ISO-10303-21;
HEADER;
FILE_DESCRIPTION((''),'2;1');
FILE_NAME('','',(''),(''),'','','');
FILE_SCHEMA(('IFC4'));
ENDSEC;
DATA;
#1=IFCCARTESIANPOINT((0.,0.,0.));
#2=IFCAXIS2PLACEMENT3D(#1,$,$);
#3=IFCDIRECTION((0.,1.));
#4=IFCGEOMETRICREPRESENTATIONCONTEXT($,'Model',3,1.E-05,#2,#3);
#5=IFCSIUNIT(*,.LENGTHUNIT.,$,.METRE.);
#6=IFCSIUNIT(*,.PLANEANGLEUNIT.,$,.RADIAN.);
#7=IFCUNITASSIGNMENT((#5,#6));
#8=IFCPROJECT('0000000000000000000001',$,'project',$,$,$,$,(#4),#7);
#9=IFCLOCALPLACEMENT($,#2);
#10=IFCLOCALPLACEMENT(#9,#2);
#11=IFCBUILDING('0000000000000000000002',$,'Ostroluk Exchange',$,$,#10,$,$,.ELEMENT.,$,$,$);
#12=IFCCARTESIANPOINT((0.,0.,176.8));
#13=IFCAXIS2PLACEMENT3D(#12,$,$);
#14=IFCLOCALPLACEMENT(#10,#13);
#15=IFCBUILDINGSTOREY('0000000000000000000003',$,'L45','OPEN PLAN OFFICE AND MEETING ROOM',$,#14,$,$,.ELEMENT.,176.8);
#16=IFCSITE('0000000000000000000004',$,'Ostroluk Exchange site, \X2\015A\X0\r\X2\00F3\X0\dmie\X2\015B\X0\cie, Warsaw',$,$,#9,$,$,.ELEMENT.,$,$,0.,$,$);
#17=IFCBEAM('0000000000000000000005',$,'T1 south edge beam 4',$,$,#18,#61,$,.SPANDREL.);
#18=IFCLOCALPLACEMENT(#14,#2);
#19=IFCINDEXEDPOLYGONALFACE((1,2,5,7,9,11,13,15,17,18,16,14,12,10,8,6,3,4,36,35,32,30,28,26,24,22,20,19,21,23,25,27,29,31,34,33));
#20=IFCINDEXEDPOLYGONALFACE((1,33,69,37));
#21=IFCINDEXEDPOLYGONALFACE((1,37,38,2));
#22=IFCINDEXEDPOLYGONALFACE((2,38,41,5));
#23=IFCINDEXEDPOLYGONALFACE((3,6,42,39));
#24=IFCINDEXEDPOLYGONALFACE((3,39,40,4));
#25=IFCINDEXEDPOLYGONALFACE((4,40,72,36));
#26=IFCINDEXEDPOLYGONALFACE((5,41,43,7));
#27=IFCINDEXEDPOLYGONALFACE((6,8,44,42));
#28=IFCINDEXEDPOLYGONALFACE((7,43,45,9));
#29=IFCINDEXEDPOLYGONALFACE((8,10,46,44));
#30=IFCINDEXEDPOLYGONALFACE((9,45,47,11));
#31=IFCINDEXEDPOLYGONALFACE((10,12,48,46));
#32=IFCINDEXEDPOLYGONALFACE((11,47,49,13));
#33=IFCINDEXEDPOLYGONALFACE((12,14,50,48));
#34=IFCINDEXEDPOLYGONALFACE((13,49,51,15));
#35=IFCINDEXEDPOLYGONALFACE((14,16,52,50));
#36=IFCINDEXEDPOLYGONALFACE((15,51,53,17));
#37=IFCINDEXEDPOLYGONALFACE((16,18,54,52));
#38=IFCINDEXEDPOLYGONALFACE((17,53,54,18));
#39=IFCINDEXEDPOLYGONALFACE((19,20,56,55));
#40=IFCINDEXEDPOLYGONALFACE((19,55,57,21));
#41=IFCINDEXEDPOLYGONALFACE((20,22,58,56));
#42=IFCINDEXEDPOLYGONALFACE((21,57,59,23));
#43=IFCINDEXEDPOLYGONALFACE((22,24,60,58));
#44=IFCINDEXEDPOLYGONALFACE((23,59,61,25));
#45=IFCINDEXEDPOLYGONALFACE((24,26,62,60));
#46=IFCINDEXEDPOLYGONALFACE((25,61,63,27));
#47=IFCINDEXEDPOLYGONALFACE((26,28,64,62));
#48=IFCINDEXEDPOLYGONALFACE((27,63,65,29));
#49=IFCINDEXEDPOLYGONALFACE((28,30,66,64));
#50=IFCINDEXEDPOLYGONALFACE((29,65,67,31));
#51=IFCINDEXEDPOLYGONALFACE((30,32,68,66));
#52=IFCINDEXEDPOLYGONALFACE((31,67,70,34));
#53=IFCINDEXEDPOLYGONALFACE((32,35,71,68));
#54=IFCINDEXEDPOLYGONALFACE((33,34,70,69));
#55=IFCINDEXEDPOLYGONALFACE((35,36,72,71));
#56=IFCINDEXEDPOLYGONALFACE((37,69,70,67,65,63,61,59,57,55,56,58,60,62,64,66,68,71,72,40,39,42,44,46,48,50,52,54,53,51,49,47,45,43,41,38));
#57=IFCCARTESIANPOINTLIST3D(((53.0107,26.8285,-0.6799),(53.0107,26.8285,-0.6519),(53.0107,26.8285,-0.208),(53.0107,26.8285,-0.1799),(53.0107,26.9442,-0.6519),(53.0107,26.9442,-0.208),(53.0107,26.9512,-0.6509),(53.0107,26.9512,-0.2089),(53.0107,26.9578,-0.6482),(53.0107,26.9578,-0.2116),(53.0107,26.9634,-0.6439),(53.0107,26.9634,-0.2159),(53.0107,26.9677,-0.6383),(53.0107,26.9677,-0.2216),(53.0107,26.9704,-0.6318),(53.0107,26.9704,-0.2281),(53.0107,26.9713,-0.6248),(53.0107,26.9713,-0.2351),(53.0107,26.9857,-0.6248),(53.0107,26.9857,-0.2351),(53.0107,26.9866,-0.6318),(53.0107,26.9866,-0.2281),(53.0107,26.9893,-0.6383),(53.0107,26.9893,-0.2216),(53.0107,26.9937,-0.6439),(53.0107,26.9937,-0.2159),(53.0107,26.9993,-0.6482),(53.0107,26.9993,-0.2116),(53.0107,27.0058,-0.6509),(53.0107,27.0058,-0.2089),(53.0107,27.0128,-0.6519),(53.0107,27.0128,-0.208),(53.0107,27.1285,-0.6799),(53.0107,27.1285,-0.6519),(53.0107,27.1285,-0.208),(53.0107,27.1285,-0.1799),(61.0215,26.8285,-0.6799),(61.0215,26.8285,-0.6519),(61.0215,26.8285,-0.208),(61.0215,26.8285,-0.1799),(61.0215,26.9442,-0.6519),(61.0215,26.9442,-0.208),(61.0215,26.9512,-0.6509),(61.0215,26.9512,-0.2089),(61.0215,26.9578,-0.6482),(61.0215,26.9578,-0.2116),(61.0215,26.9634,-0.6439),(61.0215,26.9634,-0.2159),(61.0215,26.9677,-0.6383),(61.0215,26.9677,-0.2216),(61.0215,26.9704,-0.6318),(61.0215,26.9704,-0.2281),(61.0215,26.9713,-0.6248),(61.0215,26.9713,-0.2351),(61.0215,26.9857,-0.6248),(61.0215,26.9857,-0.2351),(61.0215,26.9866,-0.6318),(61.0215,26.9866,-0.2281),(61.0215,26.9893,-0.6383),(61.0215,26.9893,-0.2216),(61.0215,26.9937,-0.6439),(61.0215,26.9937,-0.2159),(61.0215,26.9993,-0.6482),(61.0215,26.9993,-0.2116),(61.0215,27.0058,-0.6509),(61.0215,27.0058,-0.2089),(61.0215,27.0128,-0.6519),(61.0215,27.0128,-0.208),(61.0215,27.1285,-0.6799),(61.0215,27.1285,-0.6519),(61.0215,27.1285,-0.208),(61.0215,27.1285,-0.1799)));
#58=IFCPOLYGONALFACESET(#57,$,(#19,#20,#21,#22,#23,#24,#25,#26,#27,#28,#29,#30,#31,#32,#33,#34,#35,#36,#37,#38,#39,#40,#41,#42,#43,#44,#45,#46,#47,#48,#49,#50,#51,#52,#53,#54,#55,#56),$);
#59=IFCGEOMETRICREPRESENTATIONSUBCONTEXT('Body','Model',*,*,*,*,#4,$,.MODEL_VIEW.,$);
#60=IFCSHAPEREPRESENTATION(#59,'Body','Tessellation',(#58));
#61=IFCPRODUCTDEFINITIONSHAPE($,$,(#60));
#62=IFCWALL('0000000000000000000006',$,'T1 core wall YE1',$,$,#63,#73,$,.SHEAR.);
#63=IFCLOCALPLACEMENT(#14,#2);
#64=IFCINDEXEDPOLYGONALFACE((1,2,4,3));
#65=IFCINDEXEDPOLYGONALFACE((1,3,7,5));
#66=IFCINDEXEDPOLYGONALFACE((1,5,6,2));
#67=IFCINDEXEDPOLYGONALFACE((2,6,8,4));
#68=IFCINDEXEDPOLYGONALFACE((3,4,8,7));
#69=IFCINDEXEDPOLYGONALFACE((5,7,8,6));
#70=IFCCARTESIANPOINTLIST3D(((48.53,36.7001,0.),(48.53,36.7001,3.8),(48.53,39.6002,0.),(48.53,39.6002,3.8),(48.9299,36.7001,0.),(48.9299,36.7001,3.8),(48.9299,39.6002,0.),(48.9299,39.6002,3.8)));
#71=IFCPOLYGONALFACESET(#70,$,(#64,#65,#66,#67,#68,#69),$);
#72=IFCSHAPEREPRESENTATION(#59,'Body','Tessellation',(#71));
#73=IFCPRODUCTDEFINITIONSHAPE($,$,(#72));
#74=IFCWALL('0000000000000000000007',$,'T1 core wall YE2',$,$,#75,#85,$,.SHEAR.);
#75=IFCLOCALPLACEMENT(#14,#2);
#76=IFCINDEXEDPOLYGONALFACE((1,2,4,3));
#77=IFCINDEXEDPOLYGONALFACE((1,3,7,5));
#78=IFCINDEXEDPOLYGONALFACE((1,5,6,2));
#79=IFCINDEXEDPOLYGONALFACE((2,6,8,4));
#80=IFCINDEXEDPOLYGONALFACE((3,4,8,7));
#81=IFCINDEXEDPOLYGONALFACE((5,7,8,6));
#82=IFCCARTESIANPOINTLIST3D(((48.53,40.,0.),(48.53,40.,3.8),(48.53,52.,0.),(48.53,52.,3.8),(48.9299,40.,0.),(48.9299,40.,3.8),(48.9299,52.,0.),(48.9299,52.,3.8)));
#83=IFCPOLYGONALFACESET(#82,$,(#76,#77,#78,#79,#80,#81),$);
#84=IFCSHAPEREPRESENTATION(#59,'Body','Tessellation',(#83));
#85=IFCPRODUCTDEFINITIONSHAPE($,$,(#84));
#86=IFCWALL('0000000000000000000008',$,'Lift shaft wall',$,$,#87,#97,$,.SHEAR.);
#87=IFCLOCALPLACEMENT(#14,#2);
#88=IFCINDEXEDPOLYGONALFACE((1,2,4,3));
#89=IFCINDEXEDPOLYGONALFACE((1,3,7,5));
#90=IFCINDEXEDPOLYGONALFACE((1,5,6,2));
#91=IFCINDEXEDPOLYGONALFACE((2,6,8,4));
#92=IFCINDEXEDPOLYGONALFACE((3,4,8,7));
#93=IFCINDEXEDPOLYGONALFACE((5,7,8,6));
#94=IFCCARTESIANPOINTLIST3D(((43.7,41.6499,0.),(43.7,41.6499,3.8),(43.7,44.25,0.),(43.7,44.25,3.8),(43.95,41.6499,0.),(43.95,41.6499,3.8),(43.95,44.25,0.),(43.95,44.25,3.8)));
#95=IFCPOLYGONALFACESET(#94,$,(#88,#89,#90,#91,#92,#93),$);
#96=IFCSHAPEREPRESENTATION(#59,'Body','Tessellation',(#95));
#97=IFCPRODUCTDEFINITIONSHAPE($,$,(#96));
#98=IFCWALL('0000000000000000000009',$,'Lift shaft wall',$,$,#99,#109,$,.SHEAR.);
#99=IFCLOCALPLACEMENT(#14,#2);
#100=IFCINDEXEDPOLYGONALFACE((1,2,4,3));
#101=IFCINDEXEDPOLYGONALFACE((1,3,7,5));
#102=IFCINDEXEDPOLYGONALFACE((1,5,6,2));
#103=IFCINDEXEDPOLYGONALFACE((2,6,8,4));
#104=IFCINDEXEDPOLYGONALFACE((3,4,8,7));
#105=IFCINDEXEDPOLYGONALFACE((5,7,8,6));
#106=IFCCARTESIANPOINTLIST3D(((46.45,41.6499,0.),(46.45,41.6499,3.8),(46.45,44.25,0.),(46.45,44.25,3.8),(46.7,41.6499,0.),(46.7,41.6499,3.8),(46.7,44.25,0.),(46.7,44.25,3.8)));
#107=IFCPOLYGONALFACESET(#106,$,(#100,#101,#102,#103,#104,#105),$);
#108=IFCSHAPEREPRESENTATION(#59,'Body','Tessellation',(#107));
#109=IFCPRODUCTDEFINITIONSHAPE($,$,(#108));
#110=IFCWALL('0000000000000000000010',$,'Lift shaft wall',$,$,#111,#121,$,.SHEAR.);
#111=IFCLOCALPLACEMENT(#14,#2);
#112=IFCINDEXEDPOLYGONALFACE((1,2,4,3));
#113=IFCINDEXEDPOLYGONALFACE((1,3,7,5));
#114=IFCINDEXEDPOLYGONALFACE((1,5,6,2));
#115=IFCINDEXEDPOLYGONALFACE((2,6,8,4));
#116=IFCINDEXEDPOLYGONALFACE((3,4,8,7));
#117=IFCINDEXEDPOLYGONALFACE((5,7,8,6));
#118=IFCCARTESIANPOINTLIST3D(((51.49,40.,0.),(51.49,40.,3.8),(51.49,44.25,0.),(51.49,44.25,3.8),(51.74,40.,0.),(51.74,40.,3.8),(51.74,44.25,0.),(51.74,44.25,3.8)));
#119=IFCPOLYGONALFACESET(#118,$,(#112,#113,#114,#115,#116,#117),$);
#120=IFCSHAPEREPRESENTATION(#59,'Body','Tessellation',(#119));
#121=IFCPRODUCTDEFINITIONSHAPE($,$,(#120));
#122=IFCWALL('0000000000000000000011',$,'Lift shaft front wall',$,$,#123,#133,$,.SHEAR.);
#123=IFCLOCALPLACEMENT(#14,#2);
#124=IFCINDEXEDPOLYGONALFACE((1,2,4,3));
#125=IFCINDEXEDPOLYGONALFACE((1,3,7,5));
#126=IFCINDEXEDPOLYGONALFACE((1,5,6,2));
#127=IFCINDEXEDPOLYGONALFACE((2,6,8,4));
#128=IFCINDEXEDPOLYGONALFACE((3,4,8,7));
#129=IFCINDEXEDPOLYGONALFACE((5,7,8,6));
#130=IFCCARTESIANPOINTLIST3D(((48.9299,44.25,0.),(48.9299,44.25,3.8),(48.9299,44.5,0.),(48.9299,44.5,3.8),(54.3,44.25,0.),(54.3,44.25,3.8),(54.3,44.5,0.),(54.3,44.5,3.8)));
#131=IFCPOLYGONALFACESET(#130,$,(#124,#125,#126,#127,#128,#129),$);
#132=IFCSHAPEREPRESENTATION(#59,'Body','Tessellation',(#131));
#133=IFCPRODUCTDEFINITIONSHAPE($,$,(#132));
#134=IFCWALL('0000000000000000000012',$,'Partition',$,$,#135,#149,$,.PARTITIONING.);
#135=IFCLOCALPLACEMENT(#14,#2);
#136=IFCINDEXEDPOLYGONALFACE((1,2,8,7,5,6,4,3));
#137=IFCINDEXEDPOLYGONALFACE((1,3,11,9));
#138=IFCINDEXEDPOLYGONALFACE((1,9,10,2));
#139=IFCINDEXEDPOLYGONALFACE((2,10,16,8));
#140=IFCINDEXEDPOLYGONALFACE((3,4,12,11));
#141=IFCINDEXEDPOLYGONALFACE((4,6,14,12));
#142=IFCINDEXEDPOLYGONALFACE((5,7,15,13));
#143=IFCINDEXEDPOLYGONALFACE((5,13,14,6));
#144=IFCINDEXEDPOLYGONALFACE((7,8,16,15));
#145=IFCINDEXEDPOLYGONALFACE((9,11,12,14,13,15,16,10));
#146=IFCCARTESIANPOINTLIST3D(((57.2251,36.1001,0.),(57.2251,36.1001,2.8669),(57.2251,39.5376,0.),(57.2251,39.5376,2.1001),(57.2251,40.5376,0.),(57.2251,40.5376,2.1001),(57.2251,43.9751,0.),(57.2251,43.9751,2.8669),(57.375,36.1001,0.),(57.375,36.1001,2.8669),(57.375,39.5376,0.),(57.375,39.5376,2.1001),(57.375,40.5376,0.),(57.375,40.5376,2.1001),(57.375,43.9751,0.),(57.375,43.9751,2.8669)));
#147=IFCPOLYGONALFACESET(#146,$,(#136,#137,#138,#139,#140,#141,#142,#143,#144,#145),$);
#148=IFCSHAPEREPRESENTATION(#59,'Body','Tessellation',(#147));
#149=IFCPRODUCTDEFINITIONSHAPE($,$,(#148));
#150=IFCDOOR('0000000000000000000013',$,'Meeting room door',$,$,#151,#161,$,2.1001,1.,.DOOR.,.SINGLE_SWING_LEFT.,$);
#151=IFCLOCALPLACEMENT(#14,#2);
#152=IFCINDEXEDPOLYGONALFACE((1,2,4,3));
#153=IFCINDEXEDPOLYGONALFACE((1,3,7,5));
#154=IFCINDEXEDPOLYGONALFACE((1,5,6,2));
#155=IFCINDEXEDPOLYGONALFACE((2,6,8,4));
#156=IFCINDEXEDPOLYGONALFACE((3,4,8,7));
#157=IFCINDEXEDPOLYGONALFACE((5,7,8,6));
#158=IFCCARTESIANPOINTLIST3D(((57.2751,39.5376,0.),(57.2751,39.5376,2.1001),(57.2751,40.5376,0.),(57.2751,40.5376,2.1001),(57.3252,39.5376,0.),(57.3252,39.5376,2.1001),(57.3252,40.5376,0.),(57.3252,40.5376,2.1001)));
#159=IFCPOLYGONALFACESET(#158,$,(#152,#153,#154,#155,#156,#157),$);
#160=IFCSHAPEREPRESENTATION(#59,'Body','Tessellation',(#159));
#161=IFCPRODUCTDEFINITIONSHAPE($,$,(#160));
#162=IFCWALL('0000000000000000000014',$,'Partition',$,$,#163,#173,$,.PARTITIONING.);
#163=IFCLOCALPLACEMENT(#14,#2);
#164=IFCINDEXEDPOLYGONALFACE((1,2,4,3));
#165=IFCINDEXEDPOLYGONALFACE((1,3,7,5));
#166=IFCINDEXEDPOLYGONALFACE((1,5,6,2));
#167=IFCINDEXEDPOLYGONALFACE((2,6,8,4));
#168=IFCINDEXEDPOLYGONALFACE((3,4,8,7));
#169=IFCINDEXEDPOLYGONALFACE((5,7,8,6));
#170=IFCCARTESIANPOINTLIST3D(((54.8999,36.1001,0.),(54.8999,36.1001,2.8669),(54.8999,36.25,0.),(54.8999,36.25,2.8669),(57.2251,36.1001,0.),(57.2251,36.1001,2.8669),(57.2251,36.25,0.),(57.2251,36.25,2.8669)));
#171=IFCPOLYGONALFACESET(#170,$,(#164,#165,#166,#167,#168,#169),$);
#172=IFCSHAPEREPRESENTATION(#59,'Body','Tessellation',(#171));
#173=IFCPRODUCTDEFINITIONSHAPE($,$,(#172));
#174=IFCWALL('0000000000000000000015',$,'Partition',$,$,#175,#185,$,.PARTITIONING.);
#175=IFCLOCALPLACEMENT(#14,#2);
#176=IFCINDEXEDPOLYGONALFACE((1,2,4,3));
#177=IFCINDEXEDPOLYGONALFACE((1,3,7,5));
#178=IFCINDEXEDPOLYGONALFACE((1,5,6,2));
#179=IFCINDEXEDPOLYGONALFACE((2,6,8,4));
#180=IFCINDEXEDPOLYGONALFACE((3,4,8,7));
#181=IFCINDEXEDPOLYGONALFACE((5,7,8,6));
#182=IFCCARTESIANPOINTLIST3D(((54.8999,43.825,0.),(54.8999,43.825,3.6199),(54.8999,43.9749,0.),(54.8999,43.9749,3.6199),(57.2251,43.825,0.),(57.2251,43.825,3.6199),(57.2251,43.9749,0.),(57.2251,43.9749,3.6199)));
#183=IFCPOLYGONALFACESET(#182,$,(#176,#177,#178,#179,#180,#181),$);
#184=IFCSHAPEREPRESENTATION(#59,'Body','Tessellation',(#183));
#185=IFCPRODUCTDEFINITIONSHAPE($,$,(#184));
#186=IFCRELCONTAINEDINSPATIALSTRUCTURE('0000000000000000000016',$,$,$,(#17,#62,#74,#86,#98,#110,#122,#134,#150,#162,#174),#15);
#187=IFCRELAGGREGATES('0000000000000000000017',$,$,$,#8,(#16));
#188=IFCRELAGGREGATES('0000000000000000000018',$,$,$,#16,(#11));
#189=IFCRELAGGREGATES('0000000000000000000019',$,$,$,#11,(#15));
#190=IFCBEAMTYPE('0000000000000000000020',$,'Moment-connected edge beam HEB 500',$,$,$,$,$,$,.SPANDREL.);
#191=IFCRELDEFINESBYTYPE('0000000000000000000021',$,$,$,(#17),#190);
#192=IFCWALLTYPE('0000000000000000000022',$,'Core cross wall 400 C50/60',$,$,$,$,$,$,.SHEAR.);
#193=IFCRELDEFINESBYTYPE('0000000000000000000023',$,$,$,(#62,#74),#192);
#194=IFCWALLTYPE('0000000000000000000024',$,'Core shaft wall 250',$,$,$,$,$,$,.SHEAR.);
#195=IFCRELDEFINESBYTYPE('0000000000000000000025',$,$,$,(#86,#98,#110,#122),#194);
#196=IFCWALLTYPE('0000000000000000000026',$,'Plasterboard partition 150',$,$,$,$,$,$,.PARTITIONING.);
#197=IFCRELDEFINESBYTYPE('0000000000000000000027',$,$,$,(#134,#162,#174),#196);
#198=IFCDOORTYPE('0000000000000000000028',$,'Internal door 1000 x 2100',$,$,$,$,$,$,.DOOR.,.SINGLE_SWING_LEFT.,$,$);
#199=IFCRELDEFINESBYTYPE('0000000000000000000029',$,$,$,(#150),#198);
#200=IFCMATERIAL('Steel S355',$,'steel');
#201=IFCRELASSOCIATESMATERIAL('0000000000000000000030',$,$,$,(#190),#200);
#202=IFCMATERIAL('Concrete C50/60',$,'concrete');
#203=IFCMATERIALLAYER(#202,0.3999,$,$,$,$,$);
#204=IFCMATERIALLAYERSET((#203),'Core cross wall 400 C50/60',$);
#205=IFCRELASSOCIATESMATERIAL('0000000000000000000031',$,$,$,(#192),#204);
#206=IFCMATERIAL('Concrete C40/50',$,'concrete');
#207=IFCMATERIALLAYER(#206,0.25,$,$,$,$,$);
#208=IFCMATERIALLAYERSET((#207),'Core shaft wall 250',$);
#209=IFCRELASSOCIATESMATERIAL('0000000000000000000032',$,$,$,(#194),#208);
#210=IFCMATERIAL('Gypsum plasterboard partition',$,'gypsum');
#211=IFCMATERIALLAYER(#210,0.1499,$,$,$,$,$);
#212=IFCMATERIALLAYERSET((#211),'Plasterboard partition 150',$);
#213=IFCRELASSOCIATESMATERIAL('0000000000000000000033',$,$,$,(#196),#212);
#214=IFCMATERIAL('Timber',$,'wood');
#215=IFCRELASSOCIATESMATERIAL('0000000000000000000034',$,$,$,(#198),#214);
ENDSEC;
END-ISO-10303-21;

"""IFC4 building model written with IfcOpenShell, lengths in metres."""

from ifc_helpers import new_model, si_unit, direction, frame, frame_2d, origin, origin_2d, place, context, subcontext, project, spatial, rectangle, i_section, extrude, material, layer, layer_set, material_profile, profile_set, type_object, element, fill, save


model = new_model("IFC4")

# Units and contexts
model_context = context("Model", 3, precision=1e-05, world=origin(), true_north=direction((0.0, 1.0)))
body_context = subcontext(model_context, "Body", "Model", "MODEL_VIEW")
ifc_project = project(units=[si_unit("LENGTHUNIT", "METRE"), si_unit("PLANEANGLEUNIT", "RADIAN")], contexts=[model_context])

# Site, building, storey
site_placement = place(None, origin())
site = spatial("IfcSite", under=ifc_project, at=site_placement, Name="Ostroluk Exchange site, Śródmieście, Warsaw", CompositionType="ELEMENT", RefElevation=0.0)
building_placement = place(site_placement, origin())
building = spatial("IfcBuilding", under=site, at=building_placement, Name="Ostroluk Exchange", CompositionType="ELEMENT")
storey_placement = place(building_placement, frame((0.0, 0.0, 176.8)))
storey = spatial("IfcBuildingStorey", under=building, at=storey_placement, Name="L45", Description="OPEN PLAN OFFICE AND MEETING ROOM", CompositionType="ELEMENT", Elevation=176.8)

# Beam
ifc_material_1 = material(Name="Steel S355", Category="steel")
ifc_material_profile_1 = material_profile(ifc_material_1, i_section(OverallWidth=0.3, OverallDepth=0.5, WebThickness=0.0144, FlangeThickness=0.0281, FilletRadius=0.0271, at=origin_2d()), Name="HEB 500")
ifc_profile_set_1 = profile_set([ifc_material_profile_1], Name="Steel S355")
beam_type_1 = type_object("IfcBeamType", Name="Moment-connected edge beam HEB 500", PredefinedType="SPANDREL", material=ifc_profile_set_1)
beam_1_placement = place(storey_placement, frame((53.0107, 26.9785, -0.4299), z_axis=(1.0, 0.0, 0.0), x_axis=(0.0, 1.0, 0.0)))
element("IfcBeam", 1, at=beam_1_placement, inside=storey, type_object=beam_type_1, Name="T1 south edge beam 4", PredefinedType="SPANDREL", context=body_context, shape_type="SweptSolid", body=[
    extrude(i_section(OverallWidth=0.3, OverallDepth=0.5, WebThickness=0.0144, FlangeThickness=0.0281, FilletRadius=0.0271, at=origin_2d()), origin(), (0.0, 0.0, 1.0), 8.0107),
])

# Walls
ifc_material_2 = material(Name="Concrete C50/60", Category="concrete")
ifc_layer_1 = layer(ifc_material_2, 0.3999)
ifc_layer_set_1 = layer_set([ifc_layer_1], Name="Core cross wall 400 C50/60")
wall_type_1 = type_object("IfcWallType", Name="Core cross wall 400 C50/60", PredefinedType="SHEAR", material=ifc_layer_set_1)
wall_1_placement = place(storey_placement, frame((48.73, 36.7, 0.0), z_axis=(0.0, 0.0, 1.0), x_axis=(0.0, 1.0, 0.0)))
element("IfcWall", 2, at=wall_1_placement, inside=storey, type_object=wall_type_1, Name="T1 core wall YE1", PredefinedType="SHEAR", context=body_context, shape_type="SweptSolid", body=[
    extrude(rectangle(XDim=2.9001, YDim=0.3999, at=frame_2d((1.4502, 0.0))), origin(), (0.0, 0.0, 1.0), 3.8),
])
wall_2_placement = place(storey_placement, frame((48.73, 40.0, 0.0), z_axis=(0.0, 0.0, 1.0), x_axis=(0.0, 1.0, 0.0)))
element("IfcWall", 3, at=wall_2_placement, inside=storey, type_object=wall_type_1, Name="T1 core wall YE2", PredefinedType="SHEAR", context=body_context, shape_type="SweptSolid", body=[
    extrude(rectangle(XDim=12.0, YDim=0.3999, at=frame_2d((6.0, 0.0))), origin(), (0.0, 0.0, 1.0), 3.8),
])

# Shared definitions
ifc_material_3 = material(Name="Concrete C40/50", Category="concrete")
ifc_layer_2 = layer(ifc_material_3, 0.25)
ifc_layer_set_2 = layer_set([ifc_layer_2], Name="Core shaft wall 250")
wall_type_2 = type_object("IfcWallType", Name="Core shaft wall 250", PredefinedType="SHEAR", material=ifc_layer_set_2)

# Walls
for number, where, z_axis, x_axis, name in (
    (4, (43.825, 44.25, 0.0), (0.0, 0.0, 1.0), (0.0, -1.0, 0.0), "Lift shaft wall"),
    (5, (46.575, 44.25, 0.0), (0.0, 0.0, 1.0), (0.0, -1.0, 0.0), "Lift shaft wall"),
):
    element("IfcWall", number, at=place(storey_placement, frame(where, z_axis=z_axis, x_axis=x_axis)), inside=storey, type_object=wall_type_2, Name=name, PredefinedType="SHEAR", context=body_context, shape_type="SweptSolid", body=[
        extrude(rectangle(XDim=2.6001, YDim=0.25, at=frame_2d((1.3, 0.0))), origin(), (0.0, 0.0, 1.0), 3.8),
    ])
wall_3_placement = place(storey_placement, frame((51.615, 44.25, 0.0), z_axis=(0.0, 0.0, 1.0), x_axis=(0.0, -1.0, 0.0)))
element("IfcWall", 6, at=wall_3_placement, inside=storey, type_object=wall_type_2, Name="Lift shaft wall", PredefinedType="SHEAR", context=body_context, shape_type="SweptSolid", body=[
    extrude(rectangle(XDim=4.25, YDim=0.25, at=frame_2d((2.125, 0.0))), origin(), (0.0, 0.0, 1.0), 3.8),
])
wall_4_placement = place(storey_placement, frame((48.9299, 44.375, 0.0), z_axis=(0.0, 0.0, 1.0), x_axis=(1.0, 0.0, 0.0)))
element("IfcWall", 7, at=wall_4_placement, inside=storey, type_object=wall_type_2, Name="Lift shaft front wall", PredefinedType="SHEAR", context=body_context, shape_type="SweptSolid", body=[
    extrude(rectangle(XDim=5.3701, YDim=0.25, at=frame_2d((2.6851, 0.0))), origin(), (0.0, 0.0, 1.0), 3.8),
])

# Wall, opening, door
ifc_material_4 = material(Name="Gypsum plasterboard partition", Category="gypsum")
ifc_layer_3 = layer(ifc_material_4, 0.1499)
ifc_layer_set_3 = layer_set([ifc_layer_3], Name="Plasterboard partition 150")
wall_type_3 = type_object("IfcWallType", Name="Plasterboard partition 150", PredefinedType="PARTITIONING", material=ifc_layer_set_3)
wall_5_placement = place(storey_placement, frame((57.3, 36.1001, 0.0), z_axis=(0.0, 0.0, 1.0), x_axis=(0.0, 1.0, 0.0)))
wall_5 = element("IfcWall", 8, at=wall_5_placement, inside=storey, type_object=wall_type_3, Name="Partition", PredefinedType="PARTITIONING", context=body_context, shape_type="SweptSolid", body=[
    extrude(rectangle(XDim=7.875, YDim=0.1499, at=frame_2d((3.9375, 0.0))), origin(), (0.0, 0.0, 1.0), 2.8669),
])
opening_1_placement = place(wall_5_placement, frame((3.4375, 0.0, 0.0)))
opening_1 = element("IfcOpeningElement", 9, at=opening_1_placement, cuts=wall_5, PredefinedType="OPENING", context=body_context, shape_type="SweptSolid", body=[
    extrude(rectangle(XDim=1.0, YDim=2.1001, at=frame_2d((0.5, 1.05))), frame((0.0, 0.085, 0.0), z_axis=(0.0, -1.0, 0.0), x_axis=(1.0, 0.0, 0.0)), (0.0, 0.0, 1.0), 0.1699),
])
ifc_material_5 = material(Name="Timber", Category="wood")
door_type_1 = type_object("IfcDoorType", Name="Internal door 1000 x 2100", OperationType="SINGLE_SWING_LEFT", PredefinedType="DOOR", material=ifc_material_5)
door_1_placement = place(opening_1_placement, origin())
door_1 = element("IfcDoor", 10, at=door_1_placement, inside=storey, type_object=door_type_1, Name="Meeting room door", OperationType="SINGLE_SWING_LEFT", OverallHeight=2.1001, OverallWidth=1.0, PredefinedType="DOOR", context=body_context, shape_type="SweptSolid", body=[
    extrude(rectangle(XDim=1.0, YDim=2.1001, at=frame_2d((0.5, 1.05))), frame((0.0, 0.0249, 0.0), z_axis=(0.0, -1.0, 0.0), x_axis=(1.0, 0.0, 0.0)), (0.0, 0.0, 1.0), 0.05),
])
fill(opening_1, door_1)

# Walls
wall_6_placement = place(storey_placement, frame((54.8999, 36.175, 0.0), z_axis=(0.0, 0.0, 1.0), x_axis=(1.0, 0.0, 0.0)))
element("IfcWall", 11, at=wall_6_placement, inside=storey, type_object=wall_type_3, Name="Partition", PredefinedType="PARTITIONING", context=body_context, shape_type="SweptSolid", body=[
    extrude(rectangle(XDim=2.3252, YDim=0.1499, at=frame_2d((1.1626, 0.0))), origin(), (0.0, 0.0, 1.0), 2.8669),
])
for number, where, z_axis, x_axis, name in (
    (12, (54.8999, 43.8999, 0.0), (0.0, 0.0, 1.0), (1.0, 0.0, 0.0), "Partition"),
):
    element("IfcWall", number, at=place(storey_placement, frame(where, z_axis=z_axis, x_axis=x_axis)), inside=storey, type_object=wall_type_3, Name=name, PredefinedType="PARTITIONING", context=body_context, shape_type="SweptSolid", body=[
        extrude(rectangle(XDim=2.3252, YDim=0.1499, at=frame_2d((1.1626, 0.0))), origin(), (0.0, 0.0, 1.0), 3.6199),
    ])

save(model, "model.ifc")
